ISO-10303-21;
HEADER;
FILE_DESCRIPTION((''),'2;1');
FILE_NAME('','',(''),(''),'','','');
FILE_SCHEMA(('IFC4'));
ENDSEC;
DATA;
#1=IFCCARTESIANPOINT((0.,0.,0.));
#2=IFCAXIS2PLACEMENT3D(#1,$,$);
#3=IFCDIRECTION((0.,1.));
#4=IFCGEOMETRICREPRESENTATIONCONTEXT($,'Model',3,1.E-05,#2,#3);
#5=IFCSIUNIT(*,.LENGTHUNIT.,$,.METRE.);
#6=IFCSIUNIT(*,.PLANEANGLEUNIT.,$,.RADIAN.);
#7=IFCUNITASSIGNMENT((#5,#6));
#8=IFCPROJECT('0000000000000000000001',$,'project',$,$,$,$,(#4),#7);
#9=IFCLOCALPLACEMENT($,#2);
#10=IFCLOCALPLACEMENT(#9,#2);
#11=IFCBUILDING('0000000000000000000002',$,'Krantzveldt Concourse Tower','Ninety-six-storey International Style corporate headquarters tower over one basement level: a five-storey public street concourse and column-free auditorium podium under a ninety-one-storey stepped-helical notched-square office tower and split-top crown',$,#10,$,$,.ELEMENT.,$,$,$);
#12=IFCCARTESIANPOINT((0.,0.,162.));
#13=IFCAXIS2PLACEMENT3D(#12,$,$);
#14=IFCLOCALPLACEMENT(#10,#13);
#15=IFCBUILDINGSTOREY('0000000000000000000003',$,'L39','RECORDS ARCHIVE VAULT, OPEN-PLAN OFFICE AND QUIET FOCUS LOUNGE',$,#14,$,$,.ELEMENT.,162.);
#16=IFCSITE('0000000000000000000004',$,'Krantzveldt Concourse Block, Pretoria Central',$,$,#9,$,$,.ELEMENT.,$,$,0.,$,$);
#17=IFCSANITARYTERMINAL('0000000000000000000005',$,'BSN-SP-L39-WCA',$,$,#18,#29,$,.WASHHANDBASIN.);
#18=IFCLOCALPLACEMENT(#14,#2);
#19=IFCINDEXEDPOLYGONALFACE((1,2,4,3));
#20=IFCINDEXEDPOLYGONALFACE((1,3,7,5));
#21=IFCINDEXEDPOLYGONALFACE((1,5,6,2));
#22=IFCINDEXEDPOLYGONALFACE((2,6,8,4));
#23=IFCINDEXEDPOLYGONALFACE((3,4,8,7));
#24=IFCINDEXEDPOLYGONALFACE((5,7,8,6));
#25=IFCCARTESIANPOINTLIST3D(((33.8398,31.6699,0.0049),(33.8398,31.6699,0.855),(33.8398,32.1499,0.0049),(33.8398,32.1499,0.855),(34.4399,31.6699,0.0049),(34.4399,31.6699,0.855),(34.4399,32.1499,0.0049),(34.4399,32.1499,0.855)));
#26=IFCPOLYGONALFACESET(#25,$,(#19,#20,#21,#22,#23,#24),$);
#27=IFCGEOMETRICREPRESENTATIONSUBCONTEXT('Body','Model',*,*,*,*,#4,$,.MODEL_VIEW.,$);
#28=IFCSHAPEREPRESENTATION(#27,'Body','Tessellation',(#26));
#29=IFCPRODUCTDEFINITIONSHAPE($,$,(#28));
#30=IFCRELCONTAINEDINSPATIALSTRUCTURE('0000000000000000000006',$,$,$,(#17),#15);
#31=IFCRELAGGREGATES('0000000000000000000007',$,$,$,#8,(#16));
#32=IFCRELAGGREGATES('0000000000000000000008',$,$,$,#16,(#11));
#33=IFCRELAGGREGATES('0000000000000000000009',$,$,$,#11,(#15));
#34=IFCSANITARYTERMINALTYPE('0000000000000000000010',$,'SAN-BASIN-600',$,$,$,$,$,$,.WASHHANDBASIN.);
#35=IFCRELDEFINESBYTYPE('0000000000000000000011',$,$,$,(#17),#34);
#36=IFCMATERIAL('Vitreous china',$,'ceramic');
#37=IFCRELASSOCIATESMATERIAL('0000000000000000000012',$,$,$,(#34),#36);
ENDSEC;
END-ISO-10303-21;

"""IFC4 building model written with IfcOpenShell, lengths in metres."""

from ifc_helpers import new_model, si_unit, direction, frame, origin, origin_2d, place, context, subcontext, project, spatial, rectangle, extrude, source, transform, mapped, material, type_object, type_shapes, element, save


model = new_model("IFC4")

# Units and contexts
model_context = context("Model", 3, precision=1e-05, world=origin(), true_north=direction((0.0, 1.0)))
body_context = subcontext(model_context, "Body", "Model", "MODEL_VIEW")
ifc_project = project(units=[si_unit("LENGTHUNIT", "METRE"), si_unit("PLANEANGLEUNIT", "RADIAN")], contexts=[model_context])

# Site, building, storey
site_placement = place(None, origin())
site = spatial("IfcSite", under=ifc_project, at=site_placement, Name="Krantzveldt Concourse Block, Pretoria Central", CompositionType="ELEMENT", RefElevation=0.0)
building_placement = place(site_placement, origin())
building = spatial("IfcBuilding", under=site, at=building_placement, Name="Krantzveldt Concourse Tower", Description="Ninety-six-storey International Style corporate headquarters tower over one basement level: a five-storey public street concourse and column-free auditorium podium under a ninety-one-storey stepped-helical notched-square office tower and split-top crown", CompositionType="ELEMENT")
storey_placement = place(building_placement, frame((0.0, 0.0, 162.0)))
storey = spatial("IfcBuildingStorey", under=building, at=storey_placement, Name="L39", Description="RECORDS ARCHIVE VAULT, OPEN-PLAN OFFICE AND QUIET FOCUS LOUNGE", CompositionType="ELEMENT", Elevation=162.0)

# Sanitary terminal
ifc_material_1 = material(Name="Vitreous china", Category="ceramic")
sanitary_terminal_type_1 = type_object("IfcSanitaryTerminalType", Name="SAN-BASIN-600", PredefinedType="WASHHANDBASIN", material=ifc_material_1)
shared_shape_1 = source(origin(), body_context, "Body", "SweptSolid", [
    extrude(rectangle(XDim=0.6001, YDim=0.48, at=origin_2d()), origin(), (0.0, 0.0, 1.0), 0.8501),
])
type_shapes(sanitary_terminal_type_1, [shared_shape_1])
sanitary_terminal_1_placement = place(storey_placement, frame((34.1399, 31.9099, 0.0049), z_axis=(0.0, 0.0, 1.0), x_axis=(1.0, 0.0, 0.0)))
element("IfcSanitaryTerminal", 1, at=sanitary_terminal_1_placement, inside=storey, type_object=sanitary_terminal_type_1, Name="BSN-SP-L39-WCA", PredefinedType="WASHHANDBASIN", context=body_context, shape_type="MappedRepresentation", body=[
    mapped(shared_shape_1, transform((0.0, 0.0, 0.0), x_axis=(1.0, 0.0, 0.0), y_axis=(0.0, 1.0, 0.0), z_axis=(0.0, 0.0, 1.0), scale=1.0)),
])

save(model, "model.ifc")
